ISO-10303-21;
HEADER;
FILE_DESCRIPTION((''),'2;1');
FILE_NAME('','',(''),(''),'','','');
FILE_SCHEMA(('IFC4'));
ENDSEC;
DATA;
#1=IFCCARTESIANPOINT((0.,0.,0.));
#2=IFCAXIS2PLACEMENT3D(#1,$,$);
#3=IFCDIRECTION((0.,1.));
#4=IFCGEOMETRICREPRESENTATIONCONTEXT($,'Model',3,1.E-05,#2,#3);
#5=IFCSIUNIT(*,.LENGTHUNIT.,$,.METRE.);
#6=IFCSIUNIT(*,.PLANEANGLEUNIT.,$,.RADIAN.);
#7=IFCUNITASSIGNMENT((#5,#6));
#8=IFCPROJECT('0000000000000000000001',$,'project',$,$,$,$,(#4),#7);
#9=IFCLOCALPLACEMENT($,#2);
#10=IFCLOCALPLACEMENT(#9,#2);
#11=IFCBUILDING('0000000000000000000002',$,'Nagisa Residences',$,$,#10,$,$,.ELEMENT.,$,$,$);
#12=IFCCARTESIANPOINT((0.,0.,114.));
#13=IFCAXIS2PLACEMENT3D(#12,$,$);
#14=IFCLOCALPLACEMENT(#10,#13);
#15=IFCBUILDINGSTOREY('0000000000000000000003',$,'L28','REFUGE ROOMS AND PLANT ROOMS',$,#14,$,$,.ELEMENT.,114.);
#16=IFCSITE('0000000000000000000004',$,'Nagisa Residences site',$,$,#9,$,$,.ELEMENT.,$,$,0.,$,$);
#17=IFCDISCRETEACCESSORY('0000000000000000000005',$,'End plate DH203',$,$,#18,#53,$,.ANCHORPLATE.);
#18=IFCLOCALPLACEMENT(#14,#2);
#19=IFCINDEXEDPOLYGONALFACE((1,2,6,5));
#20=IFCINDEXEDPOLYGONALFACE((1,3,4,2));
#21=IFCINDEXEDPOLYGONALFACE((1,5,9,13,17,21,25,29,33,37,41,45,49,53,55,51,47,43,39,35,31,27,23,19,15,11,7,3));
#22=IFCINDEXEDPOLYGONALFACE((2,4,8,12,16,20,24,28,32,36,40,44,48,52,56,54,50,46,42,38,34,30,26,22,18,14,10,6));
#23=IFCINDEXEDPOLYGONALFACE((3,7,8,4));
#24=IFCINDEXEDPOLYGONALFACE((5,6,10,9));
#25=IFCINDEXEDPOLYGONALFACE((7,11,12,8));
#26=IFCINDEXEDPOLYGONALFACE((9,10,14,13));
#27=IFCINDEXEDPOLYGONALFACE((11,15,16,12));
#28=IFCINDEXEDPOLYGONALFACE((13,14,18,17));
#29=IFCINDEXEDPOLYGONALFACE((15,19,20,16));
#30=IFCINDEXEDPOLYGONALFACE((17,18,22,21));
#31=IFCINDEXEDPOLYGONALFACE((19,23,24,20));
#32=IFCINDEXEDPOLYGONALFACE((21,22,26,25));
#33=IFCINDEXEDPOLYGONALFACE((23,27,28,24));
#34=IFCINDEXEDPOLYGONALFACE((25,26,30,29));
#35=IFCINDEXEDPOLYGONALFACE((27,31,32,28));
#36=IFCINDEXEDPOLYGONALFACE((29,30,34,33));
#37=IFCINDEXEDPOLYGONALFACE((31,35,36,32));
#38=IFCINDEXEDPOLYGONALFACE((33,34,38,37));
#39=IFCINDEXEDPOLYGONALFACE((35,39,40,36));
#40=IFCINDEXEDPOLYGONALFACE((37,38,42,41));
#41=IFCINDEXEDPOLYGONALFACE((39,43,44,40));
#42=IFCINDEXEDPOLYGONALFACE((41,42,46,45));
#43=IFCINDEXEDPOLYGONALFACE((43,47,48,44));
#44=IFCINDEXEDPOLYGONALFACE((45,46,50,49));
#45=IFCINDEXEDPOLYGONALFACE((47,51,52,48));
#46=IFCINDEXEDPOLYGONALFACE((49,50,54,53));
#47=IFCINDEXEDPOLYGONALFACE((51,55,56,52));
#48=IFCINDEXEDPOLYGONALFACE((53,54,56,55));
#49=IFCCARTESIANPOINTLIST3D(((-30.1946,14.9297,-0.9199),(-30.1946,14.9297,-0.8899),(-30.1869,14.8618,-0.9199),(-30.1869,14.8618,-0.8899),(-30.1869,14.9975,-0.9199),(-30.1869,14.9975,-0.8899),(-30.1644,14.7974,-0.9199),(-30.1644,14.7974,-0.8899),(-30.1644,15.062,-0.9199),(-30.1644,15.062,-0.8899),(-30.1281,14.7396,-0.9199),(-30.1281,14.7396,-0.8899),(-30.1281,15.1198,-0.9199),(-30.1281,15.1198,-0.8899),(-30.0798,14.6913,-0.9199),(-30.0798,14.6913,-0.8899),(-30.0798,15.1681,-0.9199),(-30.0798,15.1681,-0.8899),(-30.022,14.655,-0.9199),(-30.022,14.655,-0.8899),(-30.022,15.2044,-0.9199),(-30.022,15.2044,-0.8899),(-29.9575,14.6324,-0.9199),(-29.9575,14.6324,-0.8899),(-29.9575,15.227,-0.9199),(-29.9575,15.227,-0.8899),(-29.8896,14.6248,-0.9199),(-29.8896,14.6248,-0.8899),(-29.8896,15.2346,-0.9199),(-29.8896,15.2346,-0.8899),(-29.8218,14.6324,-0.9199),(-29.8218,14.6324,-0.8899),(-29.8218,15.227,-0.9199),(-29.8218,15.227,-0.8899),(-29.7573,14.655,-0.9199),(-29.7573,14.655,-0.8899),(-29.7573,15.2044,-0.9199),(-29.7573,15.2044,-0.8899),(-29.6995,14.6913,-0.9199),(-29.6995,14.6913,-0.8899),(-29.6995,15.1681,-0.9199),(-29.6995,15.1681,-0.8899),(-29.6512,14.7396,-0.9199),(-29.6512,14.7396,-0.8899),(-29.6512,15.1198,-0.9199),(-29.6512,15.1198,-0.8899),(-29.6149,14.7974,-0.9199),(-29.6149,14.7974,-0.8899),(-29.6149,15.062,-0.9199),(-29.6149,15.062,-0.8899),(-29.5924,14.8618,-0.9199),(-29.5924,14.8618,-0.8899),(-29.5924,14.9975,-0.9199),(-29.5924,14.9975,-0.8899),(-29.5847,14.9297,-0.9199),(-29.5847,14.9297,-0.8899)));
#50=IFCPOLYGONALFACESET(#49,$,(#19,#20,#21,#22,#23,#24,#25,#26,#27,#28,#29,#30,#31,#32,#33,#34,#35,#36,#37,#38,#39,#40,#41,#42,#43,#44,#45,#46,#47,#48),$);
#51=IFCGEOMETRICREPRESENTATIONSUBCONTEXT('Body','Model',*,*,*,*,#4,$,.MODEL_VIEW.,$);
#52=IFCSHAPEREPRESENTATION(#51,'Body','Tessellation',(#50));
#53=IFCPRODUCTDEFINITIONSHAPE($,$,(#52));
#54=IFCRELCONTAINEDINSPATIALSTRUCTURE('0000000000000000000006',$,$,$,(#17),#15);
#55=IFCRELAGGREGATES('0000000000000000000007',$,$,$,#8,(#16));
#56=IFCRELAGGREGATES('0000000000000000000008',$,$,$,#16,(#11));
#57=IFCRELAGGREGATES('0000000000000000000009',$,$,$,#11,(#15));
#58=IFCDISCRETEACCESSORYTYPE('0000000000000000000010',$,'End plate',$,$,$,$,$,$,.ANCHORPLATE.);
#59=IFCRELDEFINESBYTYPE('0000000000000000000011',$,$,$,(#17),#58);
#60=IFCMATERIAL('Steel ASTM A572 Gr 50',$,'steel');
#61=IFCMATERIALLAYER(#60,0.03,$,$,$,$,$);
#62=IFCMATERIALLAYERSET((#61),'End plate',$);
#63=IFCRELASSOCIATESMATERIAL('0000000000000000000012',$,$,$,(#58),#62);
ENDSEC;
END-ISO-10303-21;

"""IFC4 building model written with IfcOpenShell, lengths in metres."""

from ifc_helpers import new_model, si_unit, direction, frame, origin, origin_2d, place, context, subcontext, project, spatial, circle, extrude, material, layer, layer_set, type_object, element, save


model = new_model("IFC4")

# Units and contexts
model_context = context("Model", 3, precision=1e-05, world=origin(), true_north=direction((0.0, 1.0)))
body_context = subcontext(model_context, "Body", "Model", "MODEL_VIEW")
ifc_project = project(units=[si_unit("LENGTHUNIT", "METRE"), si_unit("PLANEANGLEUNIT", "RADIAN")], contexts=[model_context])

# Site, building, storey
site_placement = place(None, origin())
site = spatial("IfcSite", under=ifc_project, at=site_placement, Name="Nagisa Residences site", CompositionType="ELEMENT", RefElevation=0.0)
building_placement = place(site_placement, origin())
building = spatial("IfcBuilding", under=site, at=building_placement, Name="Nagisa Residences", CompositionType="ELEMENT")
storey_placement = place(building_placement, frame((0.0, 0.0, 114.0)))
storey = spatial("IfcBuildingStorey", under=building, at=storey_placement, Name="L28", Description="REFUGE ROOMS AND PLANT ROOMS", CompositionType="ELEMENT", Elevation=114.0)

# Discrete accessory
ifc_material_1 = material(Name="Steel ASTM A572 Gr 50", Category="steel")
ifc_layer_1 = layer(ifc_material_1, 0.03)
ifc_layer_set_1 = layer_set([ifc_layer_1], Name="End plate")
discrete_accessory_type_1 = type_object("IfcDiscreteAccessoryType", Name="End plate", PredefinedType="ANCHORPLATE", material=ifc_layer_set_1)
discrete_accessory_1_placement = place(storey_placement, frame((-29.8896, 14.9297, -0.8899), z_axis=(0.0, 0.0, -1.0), x_axis=(1.0, 0.0, 0.0)))
element("IfcDiscreteAccessory", 1, at=discrete_accessory_1_placement, inside=storey, type_object=discrete_accessory_type_1, Name="End plate DH203", PredefinedType="ANCHORPLATE", context=body_context, shape_type="SweptSolid", body=[
    extrude(circle(Radius=0.3049, at=origin_2d()), origin(), (0.0, 0.0, 1.0), 0.03),
])

save(model, "model.ifc")
